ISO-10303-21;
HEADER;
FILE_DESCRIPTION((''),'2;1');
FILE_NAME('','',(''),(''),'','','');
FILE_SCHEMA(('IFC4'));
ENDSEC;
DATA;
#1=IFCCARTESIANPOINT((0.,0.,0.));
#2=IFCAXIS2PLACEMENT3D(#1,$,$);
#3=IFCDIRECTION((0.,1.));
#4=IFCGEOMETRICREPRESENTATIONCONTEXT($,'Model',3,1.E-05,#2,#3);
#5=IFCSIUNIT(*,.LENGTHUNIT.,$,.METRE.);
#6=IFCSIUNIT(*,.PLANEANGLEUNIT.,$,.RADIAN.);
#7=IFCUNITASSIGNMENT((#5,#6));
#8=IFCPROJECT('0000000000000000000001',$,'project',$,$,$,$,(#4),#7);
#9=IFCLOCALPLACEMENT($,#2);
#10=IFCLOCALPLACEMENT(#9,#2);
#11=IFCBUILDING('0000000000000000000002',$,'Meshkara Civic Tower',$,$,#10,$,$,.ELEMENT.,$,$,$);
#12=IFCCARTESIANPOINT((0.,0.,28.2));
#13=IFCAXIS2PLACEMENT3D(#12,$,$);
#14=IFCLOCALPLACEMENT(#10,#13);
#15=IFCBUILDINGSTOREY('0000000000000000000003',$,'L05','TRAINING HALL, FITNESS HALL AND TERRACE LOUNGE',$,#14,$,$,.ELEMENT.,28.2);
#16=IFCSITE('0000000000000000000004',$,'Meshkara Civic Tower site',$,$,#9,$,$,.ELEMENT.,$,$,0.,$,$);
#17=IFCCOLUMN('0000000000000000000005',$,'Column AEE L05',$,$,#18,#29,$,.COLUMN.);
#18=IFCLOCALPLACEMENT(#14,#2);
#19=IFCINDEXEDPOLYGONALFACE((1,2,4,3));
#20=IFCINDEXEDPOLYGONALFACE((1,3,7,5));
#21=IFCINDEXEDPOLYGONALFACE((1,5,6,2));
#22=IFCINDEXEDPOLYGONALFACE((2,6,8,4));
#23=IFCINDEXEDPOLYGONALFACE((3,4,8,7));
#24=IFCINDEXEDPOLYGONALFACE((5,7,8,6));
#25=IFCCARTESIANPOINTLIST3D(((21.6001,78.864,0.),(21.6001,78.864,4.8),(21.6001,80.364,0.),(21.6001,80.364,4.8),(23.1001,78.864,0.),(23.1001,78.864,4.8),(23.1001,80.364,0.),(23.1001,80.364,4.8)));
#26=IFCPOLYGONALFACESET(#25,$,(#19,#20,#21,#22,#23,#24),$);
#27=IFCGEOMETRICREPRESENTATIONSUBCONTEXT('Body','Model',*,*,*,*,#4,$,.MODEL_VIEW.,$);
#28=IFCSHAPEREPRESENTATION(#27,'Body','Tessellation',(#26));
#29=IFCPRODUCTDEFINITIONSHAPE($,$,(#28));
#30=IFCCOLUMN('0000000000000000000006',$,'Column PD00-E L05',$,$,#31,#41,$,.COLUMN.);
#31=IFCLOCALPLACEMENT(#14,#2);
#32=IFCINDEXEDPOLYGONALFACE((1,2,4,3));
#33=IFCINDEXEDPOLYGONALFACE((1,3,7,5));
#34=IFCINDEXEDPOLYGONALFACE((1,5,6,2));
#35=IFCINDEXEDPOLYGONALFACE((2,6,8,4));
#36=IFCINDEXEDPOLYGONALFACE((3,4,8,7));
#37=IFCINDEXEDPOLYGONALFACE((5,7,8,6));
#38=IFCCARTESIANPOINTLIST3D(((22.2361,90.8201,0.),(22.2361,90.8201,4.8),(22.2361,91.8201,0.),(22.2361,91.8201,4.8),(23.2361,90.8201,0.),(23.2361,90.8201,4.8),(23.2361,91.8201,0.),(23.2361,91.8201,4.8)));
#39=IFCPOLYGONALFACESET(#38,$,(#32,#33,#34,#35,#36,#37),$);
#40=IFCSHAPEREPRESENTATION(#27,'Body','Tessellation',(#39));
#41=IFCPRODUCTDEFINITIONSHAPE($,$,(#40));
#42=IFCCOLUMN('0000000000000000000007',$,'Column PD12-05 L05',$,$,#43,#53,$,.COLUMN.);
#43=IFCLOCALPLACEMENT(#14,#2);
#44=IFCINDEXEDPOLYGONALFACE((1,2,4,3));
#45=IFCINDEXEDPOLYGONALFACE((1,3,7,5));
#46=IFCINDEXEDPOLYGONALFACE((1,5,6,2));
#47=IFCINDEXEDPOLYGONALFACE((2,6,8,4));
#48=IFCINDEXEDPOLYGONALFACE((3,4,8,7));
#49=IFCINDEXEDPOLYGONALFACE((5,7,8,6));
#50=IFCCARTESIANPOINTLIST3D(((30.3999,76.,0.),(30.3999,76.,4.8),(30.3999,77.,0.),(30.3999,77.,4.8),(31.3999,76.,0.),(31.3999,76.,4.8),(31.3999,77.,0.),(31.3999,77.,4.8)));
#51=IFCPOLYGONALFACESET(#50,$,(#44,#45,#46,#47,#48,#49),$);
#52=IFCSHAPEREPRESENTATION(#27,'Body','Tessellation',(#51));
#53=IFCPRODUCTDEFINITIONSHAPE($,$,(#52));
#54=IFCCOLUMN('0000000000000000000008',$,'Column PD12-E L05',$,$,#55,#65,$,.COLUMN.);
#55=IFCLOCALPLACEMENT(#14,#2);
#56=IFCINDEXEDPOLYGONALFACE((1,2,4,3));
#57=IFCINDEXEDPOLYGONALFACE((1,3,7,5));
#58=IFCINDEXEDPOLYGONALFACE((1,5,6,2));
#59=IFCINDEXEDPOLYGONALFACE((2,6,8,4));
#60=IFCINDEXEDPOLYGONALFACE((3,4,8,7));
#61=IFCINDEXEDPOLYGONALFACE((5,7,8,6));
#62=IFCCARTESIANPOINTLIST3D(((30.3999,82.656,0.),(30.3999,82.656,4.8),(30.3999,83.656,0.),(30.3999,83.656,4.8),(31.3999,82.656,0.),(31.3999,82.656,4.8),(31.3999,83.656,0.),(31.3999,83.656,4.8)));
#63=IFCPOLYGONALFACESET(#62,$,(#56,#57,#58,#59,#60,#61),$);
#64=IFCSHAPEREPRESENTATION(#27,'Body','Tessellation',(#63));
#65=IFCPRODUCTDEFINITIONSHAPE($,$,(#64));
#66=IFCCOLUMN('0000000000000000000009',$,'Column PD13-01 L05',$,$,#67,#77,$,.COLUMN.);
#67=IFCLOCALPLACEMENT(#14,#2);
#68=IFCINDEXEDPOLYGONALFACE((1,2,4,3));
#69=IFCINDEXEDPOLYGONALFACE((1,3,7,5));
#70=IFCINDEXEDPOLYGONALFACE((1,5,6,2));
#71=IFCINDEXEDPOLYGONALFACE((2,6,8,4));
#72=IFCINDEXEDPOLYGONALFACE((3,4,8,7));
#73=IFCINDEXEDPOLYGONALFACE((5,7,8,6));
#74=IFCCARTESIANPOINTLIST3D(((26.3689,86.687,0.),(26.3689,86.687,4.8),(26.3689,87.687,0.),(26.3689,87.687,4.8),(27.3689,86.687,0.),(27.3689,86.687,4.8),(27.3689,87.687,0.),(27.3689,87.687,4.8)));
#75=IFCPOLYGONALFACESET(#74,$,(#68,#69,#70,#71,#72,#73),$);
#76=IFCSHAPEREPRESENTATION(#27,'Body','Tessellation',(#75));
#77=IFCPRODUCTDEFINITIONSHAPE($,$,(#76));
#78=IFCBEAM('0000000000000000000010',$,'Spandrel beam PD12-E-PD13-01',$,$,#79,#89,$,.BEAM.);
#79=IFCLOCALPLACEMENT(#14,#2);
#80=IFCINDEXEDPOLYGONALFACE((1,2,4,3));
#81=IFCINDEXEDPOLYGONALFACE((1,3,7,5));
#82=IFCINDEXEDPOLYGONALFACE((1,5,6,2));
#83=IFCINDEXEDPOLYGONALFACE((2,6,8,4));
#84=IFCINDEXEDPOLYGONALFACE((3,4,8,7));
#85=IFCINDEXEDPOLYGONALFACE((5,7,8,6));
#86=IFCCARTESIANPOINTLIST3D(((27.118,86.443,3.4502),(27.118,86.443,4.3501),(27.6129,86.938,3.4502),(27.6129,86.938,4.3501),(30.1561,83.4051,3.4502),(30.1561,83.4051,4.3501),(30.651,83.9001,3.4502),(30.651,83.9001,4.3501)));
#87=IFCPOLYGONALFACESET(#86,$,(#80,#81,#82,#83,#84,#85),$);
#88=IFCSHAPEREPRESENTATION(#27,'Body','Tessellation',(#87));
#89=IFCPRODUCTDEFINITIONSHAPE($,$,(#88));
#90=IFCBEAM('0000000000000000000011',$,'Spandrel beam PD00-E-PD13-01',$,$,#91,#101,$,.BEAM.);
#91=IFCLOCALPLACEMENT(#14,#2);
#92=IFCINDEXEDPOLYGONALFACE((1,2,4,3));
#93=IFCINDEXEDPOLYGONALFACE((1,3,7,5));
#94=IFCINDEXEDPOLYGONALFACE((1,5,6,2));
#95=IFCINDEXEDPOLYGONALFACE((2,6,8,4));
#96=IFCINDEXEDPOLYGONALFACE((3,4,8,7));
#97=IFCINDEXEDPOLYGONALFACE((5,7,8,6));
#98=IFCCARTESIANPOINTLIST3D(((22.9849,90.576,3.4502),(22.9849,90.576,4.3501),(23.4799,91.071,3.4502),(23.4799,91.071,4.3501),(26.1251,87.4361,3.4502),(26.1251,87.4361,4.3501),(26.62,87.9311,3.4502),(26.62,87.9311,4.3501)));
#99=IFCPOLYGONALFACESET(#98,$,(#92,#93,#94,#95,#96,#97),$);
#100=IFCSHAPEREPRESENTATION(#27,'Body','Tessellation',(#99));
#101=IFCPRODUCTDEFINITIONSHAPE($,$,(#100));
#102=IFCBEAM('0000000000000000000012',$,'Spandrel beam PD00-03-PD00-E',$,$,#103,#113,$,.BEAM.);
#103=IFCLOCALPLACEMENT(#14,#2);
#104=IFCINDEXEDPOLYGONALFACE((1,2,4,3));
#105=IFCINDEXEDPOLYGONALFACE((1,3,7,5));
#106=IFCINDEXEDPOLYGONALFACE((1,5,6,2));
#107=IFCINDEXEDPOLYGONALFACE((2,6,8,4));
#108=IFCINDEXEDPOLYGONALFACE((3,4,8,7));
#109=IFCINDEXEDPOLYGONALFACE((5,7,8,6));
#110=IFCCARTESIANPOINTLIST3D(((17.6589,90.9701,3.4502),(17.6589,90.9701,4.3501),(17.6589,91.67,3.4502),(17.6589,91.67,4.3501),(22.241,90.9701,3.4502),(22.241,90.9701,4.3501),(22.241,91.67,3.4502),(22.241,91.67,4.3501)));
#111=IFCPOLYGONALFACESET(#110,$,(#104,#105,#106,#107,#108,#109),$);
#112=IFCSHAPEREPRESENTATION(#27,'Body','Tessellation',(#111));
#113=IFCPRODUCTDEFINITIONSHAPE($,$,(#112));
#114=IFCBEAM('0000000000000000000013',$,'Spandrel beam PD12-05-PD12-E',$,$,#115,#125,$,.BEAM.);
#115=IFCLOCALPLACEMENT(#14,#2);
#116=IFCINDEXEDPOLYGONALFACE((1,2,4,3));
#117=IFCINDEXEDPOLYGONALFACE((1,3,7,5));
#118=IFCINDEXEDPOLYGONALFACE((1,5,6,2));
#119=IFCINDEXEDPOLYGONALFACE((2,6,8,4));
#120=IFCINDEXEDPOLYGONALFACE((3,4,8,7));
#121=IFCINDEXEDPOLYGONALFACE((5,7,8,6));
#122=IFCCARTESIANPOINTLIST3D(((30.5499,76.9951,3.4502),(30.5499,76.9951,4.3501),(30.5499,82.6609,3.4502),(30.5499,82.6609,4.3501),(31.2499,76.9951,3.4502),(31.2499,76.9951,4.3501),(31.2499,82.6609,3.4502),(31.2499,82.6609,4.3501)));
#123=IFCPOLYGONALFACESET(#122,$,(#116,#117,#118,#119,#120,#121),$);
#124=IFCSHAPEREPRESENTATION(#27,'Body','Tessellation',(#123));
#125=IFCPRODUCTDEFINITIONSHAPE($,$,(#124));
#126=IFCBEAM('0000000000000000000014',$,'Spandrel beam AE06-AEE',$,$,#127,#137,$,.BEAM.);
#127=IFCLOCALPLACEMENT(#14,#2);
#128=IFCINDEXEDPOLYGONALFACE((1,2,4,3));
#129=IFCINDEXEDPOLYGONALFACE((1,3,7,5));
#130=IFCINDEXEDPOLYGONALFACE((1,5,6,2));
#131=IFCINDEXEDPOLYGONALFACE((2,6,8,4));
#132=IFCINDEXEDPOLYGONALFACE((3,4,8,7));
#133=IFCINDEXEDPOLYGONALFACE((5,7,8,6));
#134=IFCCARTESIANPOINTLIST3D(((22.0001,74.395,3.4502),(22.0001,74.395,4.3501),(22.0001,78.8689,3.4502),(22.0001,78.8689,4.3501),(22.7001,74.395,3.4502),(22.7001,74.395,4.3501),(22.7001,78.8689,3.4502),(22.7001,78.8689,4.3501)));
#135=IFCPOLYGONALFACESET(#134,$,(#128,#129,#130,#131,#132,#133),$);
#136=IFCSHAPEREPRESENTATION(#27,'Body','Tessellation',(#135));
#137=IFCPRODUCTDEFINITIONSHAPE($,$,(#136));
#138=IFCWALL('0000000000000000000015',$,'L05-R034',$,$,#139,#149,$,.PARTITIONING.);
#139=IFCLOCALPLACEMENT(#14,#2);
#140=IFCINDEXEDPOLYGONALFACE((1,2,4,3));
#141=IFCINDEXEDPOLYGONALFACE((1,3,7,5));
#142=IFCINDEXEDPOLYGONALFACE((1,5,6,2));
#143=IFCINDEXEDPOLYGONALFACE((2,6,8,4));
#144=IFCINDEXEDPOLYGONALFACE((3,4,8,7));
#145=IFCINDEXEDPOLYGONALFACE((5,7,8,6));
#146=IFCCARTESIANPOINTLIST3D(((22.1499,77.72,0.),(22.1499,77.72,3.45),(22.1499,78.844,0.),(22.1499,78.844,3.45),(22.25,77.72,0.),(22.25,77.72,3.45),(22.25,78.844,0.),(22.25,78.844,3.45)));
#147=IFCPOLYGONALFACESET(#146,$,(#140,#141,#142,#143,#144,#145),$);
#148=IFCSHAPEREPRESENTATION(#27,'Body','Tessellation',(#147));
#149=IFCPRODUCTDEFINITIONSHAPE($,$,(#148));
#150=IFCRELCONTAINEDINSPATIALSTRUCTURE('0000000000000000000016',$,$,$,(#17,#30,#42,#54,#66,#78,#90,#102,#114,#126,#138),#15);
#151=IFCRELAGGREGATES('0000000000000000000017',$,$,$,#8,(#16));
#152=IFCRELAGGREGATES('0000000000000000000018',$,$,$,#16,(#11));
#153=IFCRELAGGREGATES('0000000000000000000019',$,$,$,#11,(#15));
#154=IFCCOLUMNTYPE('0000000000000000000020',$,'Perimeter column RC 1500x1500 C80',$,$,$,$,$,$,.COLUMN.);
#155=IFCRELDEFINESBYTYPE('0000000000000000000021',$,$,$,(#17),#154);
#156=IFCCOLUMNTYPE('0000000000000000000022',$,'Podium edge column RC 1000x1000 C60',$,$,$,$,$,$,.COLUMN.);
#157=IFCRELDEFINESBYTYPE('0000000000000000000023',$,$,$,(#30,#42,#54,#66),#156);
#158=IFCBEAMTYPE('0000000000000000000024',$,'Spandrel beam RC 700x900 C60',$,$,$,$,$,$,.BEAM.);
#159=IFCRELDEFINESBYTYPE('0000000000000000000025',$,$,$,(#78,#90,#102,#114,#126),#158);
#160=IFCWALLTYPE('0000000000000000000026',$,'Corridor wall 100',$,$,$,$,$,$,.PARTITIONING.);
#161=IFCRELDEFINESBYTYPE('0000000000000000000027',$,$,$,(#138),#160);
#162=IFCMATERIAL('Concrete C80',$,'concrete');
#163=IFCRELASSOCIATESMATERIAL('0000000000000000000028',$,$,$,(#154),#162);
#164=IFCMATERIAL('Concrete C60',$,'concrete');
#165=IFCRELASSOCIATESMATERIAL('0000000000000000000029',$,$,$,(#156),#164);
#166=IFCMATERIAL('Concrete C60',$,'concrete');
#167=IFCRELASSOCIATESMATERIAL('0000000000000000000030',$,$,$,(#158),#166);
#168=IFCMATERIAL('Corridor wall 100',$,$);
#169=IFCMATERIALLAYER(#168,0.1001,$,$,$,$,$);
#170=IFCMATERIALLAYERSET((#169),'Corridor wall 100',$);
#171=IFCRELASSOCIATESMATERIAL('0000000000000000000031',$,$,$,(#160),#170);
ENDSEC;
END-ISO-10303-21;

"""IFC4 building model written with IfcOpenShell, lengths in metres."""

from ifc_helpers import new_model, si_unit, direction, frame, frame_2d, origin, origin_2d, place, context, subcontext, project, spatial, rectangle, extrude, material, layer, layer_set, material_profile, profile_set, type_object, element, save


model = new_model("IFC4")

# Units and contexts
model_context = context("Model", 3, precision=1e-05, world=origin(), true_north=direction((0.0, 1.0)))
body_context = subcontext(model_context, "Body", "Model", "MODEL_VIEW")
ifc_project = project(units=[si_unit("LENGTHUNIT", "METRE"), si_unit("PLANEANGLEUNIT", "RADIAN")], contexts=[model_context])

# Site, building, storey
site_placement = place(None, origin())
site = spatial("IfcSite", under=ifc_project, at=site_placement, Name="Meshkara Civic Tower site", CompositionType="ELEMENT", RefElevation=0.0)
building_placement = place(site_placement, origin())
building = spatial("IfcBuilding", under=site, at=building_placement, Name="Meshkara Civic Tower", CompositionType="ELEMENT")
storey_placement = place(building_placement, frame((0.0, 0.0, 28.2)))
storey = spatial("IfcBuildingStorey", under=building, at=storey_placement, Name="L05", Description="TRAINING HALL, FITNESS HALL AND TERRACE LOUNGE", CompositionType="ELEMENT", Elevation=28.2)

# Columns
ifc_material_1 = material(Name="Concrete C80", Category="concrete")
ifc_material_profile_1 = material_profile(ifc_material_1, rectangle(XDim=1.5, YDim=1.5, at=origin_2d()))
ifc_profile_set_1 = profile_set([ifc_material_profile_1], Name="Concrete C80")
column_type_1 = type_object("IfcColumnType", Name="Perimeter column RC 1500x1500 C80", PredefinedType="COLUMN", material=ifc_profile_set_1)
column_placement = place(storey_placement, frame((22.3501, 79.614, 0.0), z_axis=(0.0, 0.0, 1.0), x_axis=(1.0, 0.0, 0.0)))
element("IfcColumn", 1, at=column_placement, inside=storey, type_object=column_type_1, Name="Column AEE L05", PredefinedType="COLUMN", context=body_context, shape_type="SweptSolid", body=[
    extrude(rectangle(XDim=1.5, YDim=1.5, at=origin_2d()), origin(), (0.0, 0.0, 1.0), 4.8),
])
ifc_material_2 = material(Name="Concrete C60", Category="concrete")
ifc_material_profile_2 = material_profile(ifc_material_2, rectangle(XDim=1.0, YDim=1.0, at=origin_2d()))
ifc_profile_set_2 = profile_set([ifc_material_profile_2], Name="Concrete C60")
column_type_2 = type_object("IfcColumnType", Name="Podium edge column RC 1000x1000 C60", PredefinedType="COLUMN", material=ifc_profile_set_2)
for number, where, z_axis, x_axis, name in (
    (2, (22.7361, 91.3201, 0.0), (0.0, 0.0, 1.0), (1.0, 0.0, 0.0), "Column PD00-E L05"),
    (3, (30.8999, 76.5, 0.0), (0.0, 0.0, 1.0), (1.0, 0.0, 0.0), "Column PD12-05 L05"),
    (4, (30.8999, 83.156, 0.0), (0.0, 0.0, 1.0), (1.0, 0.0, 0.0), "Column PD12-E L05"),
    (5, (26.8689, 87.187, 0.0), (0.0, 0.0, 1.0), (1.0, 0.0, 0.0), "Column PD13-01 L05"),
):
    element("IfcColumn", number, at=place(storey_placement, frame(where, z_axis=z_axis, x_axis=x_axis)), inside=storey, type_object=column_type_2, Name=name, PredefinedType="COLUMN", context=body_context, shape_type="SweptSolid", body=[
        extrude(rectangle(XDim=1.0, YDim=1.0, at=origin_2d()), origin(), (0.0, 0.0, 1.0), 4.8),
    ])

# Beams
ifc_material_3 = material(Name="Concrete C60", Category="concrete")
ifc_material_profile_3 = material_profile(ifc_material_3, rectangle(XDim=0.7, YDim=0.8999, at=origin_2d()))
ifc_profile_set_3 = profile_set([ifc_material_profile_3], Name="Concrete C60")
beam_type = type_object("IfcBeamType", Name="Spandrel beam RC 700x900 C60", PredefinedType="BEAM", material=ifc_profile_set_3)
beam_1_placement = place(storey_placement, frame((30.4036, 83.6526, 3.9001), z_axis=(-0.707135, 0.707078, 0.0), x_axis=(-0.707078, -0.707135, 0.0)))
element("IfcBeam", 6, at=beam_1_placement, inside=storey, type_object=beam_type, Name="Spandrel beam PD12-E-PD13-01", PredefinedType="BEAM", context=body_context, shape_type="SweptSolid", body=[
    extrude(rectangle(XDim=0.7, YDim=0.8999, at=origin_2d()), origin(), (0.0, 0.0, 1.0), 4.2964),
])
beam_2_placement = place(storey_placement, frame((26.3726, 87.6836, 3.9001), z_axis=(-0.707134, 0.707079, 0.0), x_axis=(-0.707079, -0.707134, 0.0)))
element("IfcBeam", 7, at=beam_2_placement, inside=storey, type_object=beam_type, Name="Spandrel beam PD00-E-PD13-01", PredefinedType="BEAM", context=body_context, shape_type="SweptSolid", body=[
    extrude(rectangle(XDim=0.7, YDim=0.8999, at=origin_2d()), origin(), (0.0, 0.0, 1.0), 4.4407),
])
beam_3_placement = place(storey_placement, frame((22.241, 91.3201, 3.9001), z_axis=(-1.0, 0.0, 0.0), x_axis=(0.0, -1.0, 0.0)))
element("IfcBeam", 8, at=beam_3_placement, inside=storey, type_object=beam_type, Name="Spandrel beam PD00-03-PD00-E", PredefinedType="BEAM", context=body_context, shape_type="SweptSolid", body=[
    extrude(rectangle(XDim=0.7, YDim=0.8999, at=origin_2d()), origin(), (0.0, 0.0, 1.0), 4.582),
])
beam_4_placement = place(storey_placement, frame((30.8999, 76.9951, 3.9001), z_axis=(0.0, 1.0, 0.0), x_axis=(-1.0, 0.0, 0.0)))
element("IfcBeam", 9, at=beam_4_placement, inside=storey, type_object=beam_type, Name="Spandrel beam PD12-05-PD12-E", PredefinedType="BEAM", context=body_context, shape_type="SweptSolid", body=[
    extrude(rectangle(XDim=0.7, YDim=0.8999, at=origin_2d()), origin(), (0.0, 0.0, 1.0), 5.6658),
])
beam_5_placement = place(storey_placement, frame((22.3501, 74.395, 3.9001), z_axis=(0.0, 1.0, 0.0), x_axis=(-1.0, 0.0, 0.0)))
element("IfcBeam", 10, at=beam_5_placement, inside=storey, type_object=beam_type, Name="Spandrel beam AE06-AEE", PredefinedType="BEAM", context=body_context, shape_type="SweptSolid", body=[
    extrude(rectangle(XDim=0.7, YDim=0.8999, at=origin_2d()), origin(), (0.0, 0.0, 1.0), 4.4739),
])

# Wall
ifc_material_4 = material(Name="Corridor wall 100")
ifc_layer_1 = layer(ifc_material_4, 0.1001)
ifc_layer_set_1 = layer_set([ifc_layer_1], Name="Corridor wall 100")
wall_type_1 = type_object("IfcWallType", Name="Corridor wall 100", PredefinedType="PARTITIONING", material=ifc_layer_set_1)
wall_1_placement = place(storey_placement, frame((22.2, 77.72, 0.0), z_axis=(0.0, 0.0, 1.0), x_axis=(0.0, 1.0, 0.0)))
element("IfcWall", 11, at=wall_1_placement, inside=storey, type_object=wall_type_1, Name="L05-R034", PredefinedType="PARTITIONING", context=body_context, shape_type="SweptSolid", body=[
    extrude(rectangle(XDim=1.124, YDim=0.1001, at=frame_2d((0.562, 0.0))), origin(), (0.0, 0.0, 1.0), 3.45),
])

save(model, "model.ifc")
